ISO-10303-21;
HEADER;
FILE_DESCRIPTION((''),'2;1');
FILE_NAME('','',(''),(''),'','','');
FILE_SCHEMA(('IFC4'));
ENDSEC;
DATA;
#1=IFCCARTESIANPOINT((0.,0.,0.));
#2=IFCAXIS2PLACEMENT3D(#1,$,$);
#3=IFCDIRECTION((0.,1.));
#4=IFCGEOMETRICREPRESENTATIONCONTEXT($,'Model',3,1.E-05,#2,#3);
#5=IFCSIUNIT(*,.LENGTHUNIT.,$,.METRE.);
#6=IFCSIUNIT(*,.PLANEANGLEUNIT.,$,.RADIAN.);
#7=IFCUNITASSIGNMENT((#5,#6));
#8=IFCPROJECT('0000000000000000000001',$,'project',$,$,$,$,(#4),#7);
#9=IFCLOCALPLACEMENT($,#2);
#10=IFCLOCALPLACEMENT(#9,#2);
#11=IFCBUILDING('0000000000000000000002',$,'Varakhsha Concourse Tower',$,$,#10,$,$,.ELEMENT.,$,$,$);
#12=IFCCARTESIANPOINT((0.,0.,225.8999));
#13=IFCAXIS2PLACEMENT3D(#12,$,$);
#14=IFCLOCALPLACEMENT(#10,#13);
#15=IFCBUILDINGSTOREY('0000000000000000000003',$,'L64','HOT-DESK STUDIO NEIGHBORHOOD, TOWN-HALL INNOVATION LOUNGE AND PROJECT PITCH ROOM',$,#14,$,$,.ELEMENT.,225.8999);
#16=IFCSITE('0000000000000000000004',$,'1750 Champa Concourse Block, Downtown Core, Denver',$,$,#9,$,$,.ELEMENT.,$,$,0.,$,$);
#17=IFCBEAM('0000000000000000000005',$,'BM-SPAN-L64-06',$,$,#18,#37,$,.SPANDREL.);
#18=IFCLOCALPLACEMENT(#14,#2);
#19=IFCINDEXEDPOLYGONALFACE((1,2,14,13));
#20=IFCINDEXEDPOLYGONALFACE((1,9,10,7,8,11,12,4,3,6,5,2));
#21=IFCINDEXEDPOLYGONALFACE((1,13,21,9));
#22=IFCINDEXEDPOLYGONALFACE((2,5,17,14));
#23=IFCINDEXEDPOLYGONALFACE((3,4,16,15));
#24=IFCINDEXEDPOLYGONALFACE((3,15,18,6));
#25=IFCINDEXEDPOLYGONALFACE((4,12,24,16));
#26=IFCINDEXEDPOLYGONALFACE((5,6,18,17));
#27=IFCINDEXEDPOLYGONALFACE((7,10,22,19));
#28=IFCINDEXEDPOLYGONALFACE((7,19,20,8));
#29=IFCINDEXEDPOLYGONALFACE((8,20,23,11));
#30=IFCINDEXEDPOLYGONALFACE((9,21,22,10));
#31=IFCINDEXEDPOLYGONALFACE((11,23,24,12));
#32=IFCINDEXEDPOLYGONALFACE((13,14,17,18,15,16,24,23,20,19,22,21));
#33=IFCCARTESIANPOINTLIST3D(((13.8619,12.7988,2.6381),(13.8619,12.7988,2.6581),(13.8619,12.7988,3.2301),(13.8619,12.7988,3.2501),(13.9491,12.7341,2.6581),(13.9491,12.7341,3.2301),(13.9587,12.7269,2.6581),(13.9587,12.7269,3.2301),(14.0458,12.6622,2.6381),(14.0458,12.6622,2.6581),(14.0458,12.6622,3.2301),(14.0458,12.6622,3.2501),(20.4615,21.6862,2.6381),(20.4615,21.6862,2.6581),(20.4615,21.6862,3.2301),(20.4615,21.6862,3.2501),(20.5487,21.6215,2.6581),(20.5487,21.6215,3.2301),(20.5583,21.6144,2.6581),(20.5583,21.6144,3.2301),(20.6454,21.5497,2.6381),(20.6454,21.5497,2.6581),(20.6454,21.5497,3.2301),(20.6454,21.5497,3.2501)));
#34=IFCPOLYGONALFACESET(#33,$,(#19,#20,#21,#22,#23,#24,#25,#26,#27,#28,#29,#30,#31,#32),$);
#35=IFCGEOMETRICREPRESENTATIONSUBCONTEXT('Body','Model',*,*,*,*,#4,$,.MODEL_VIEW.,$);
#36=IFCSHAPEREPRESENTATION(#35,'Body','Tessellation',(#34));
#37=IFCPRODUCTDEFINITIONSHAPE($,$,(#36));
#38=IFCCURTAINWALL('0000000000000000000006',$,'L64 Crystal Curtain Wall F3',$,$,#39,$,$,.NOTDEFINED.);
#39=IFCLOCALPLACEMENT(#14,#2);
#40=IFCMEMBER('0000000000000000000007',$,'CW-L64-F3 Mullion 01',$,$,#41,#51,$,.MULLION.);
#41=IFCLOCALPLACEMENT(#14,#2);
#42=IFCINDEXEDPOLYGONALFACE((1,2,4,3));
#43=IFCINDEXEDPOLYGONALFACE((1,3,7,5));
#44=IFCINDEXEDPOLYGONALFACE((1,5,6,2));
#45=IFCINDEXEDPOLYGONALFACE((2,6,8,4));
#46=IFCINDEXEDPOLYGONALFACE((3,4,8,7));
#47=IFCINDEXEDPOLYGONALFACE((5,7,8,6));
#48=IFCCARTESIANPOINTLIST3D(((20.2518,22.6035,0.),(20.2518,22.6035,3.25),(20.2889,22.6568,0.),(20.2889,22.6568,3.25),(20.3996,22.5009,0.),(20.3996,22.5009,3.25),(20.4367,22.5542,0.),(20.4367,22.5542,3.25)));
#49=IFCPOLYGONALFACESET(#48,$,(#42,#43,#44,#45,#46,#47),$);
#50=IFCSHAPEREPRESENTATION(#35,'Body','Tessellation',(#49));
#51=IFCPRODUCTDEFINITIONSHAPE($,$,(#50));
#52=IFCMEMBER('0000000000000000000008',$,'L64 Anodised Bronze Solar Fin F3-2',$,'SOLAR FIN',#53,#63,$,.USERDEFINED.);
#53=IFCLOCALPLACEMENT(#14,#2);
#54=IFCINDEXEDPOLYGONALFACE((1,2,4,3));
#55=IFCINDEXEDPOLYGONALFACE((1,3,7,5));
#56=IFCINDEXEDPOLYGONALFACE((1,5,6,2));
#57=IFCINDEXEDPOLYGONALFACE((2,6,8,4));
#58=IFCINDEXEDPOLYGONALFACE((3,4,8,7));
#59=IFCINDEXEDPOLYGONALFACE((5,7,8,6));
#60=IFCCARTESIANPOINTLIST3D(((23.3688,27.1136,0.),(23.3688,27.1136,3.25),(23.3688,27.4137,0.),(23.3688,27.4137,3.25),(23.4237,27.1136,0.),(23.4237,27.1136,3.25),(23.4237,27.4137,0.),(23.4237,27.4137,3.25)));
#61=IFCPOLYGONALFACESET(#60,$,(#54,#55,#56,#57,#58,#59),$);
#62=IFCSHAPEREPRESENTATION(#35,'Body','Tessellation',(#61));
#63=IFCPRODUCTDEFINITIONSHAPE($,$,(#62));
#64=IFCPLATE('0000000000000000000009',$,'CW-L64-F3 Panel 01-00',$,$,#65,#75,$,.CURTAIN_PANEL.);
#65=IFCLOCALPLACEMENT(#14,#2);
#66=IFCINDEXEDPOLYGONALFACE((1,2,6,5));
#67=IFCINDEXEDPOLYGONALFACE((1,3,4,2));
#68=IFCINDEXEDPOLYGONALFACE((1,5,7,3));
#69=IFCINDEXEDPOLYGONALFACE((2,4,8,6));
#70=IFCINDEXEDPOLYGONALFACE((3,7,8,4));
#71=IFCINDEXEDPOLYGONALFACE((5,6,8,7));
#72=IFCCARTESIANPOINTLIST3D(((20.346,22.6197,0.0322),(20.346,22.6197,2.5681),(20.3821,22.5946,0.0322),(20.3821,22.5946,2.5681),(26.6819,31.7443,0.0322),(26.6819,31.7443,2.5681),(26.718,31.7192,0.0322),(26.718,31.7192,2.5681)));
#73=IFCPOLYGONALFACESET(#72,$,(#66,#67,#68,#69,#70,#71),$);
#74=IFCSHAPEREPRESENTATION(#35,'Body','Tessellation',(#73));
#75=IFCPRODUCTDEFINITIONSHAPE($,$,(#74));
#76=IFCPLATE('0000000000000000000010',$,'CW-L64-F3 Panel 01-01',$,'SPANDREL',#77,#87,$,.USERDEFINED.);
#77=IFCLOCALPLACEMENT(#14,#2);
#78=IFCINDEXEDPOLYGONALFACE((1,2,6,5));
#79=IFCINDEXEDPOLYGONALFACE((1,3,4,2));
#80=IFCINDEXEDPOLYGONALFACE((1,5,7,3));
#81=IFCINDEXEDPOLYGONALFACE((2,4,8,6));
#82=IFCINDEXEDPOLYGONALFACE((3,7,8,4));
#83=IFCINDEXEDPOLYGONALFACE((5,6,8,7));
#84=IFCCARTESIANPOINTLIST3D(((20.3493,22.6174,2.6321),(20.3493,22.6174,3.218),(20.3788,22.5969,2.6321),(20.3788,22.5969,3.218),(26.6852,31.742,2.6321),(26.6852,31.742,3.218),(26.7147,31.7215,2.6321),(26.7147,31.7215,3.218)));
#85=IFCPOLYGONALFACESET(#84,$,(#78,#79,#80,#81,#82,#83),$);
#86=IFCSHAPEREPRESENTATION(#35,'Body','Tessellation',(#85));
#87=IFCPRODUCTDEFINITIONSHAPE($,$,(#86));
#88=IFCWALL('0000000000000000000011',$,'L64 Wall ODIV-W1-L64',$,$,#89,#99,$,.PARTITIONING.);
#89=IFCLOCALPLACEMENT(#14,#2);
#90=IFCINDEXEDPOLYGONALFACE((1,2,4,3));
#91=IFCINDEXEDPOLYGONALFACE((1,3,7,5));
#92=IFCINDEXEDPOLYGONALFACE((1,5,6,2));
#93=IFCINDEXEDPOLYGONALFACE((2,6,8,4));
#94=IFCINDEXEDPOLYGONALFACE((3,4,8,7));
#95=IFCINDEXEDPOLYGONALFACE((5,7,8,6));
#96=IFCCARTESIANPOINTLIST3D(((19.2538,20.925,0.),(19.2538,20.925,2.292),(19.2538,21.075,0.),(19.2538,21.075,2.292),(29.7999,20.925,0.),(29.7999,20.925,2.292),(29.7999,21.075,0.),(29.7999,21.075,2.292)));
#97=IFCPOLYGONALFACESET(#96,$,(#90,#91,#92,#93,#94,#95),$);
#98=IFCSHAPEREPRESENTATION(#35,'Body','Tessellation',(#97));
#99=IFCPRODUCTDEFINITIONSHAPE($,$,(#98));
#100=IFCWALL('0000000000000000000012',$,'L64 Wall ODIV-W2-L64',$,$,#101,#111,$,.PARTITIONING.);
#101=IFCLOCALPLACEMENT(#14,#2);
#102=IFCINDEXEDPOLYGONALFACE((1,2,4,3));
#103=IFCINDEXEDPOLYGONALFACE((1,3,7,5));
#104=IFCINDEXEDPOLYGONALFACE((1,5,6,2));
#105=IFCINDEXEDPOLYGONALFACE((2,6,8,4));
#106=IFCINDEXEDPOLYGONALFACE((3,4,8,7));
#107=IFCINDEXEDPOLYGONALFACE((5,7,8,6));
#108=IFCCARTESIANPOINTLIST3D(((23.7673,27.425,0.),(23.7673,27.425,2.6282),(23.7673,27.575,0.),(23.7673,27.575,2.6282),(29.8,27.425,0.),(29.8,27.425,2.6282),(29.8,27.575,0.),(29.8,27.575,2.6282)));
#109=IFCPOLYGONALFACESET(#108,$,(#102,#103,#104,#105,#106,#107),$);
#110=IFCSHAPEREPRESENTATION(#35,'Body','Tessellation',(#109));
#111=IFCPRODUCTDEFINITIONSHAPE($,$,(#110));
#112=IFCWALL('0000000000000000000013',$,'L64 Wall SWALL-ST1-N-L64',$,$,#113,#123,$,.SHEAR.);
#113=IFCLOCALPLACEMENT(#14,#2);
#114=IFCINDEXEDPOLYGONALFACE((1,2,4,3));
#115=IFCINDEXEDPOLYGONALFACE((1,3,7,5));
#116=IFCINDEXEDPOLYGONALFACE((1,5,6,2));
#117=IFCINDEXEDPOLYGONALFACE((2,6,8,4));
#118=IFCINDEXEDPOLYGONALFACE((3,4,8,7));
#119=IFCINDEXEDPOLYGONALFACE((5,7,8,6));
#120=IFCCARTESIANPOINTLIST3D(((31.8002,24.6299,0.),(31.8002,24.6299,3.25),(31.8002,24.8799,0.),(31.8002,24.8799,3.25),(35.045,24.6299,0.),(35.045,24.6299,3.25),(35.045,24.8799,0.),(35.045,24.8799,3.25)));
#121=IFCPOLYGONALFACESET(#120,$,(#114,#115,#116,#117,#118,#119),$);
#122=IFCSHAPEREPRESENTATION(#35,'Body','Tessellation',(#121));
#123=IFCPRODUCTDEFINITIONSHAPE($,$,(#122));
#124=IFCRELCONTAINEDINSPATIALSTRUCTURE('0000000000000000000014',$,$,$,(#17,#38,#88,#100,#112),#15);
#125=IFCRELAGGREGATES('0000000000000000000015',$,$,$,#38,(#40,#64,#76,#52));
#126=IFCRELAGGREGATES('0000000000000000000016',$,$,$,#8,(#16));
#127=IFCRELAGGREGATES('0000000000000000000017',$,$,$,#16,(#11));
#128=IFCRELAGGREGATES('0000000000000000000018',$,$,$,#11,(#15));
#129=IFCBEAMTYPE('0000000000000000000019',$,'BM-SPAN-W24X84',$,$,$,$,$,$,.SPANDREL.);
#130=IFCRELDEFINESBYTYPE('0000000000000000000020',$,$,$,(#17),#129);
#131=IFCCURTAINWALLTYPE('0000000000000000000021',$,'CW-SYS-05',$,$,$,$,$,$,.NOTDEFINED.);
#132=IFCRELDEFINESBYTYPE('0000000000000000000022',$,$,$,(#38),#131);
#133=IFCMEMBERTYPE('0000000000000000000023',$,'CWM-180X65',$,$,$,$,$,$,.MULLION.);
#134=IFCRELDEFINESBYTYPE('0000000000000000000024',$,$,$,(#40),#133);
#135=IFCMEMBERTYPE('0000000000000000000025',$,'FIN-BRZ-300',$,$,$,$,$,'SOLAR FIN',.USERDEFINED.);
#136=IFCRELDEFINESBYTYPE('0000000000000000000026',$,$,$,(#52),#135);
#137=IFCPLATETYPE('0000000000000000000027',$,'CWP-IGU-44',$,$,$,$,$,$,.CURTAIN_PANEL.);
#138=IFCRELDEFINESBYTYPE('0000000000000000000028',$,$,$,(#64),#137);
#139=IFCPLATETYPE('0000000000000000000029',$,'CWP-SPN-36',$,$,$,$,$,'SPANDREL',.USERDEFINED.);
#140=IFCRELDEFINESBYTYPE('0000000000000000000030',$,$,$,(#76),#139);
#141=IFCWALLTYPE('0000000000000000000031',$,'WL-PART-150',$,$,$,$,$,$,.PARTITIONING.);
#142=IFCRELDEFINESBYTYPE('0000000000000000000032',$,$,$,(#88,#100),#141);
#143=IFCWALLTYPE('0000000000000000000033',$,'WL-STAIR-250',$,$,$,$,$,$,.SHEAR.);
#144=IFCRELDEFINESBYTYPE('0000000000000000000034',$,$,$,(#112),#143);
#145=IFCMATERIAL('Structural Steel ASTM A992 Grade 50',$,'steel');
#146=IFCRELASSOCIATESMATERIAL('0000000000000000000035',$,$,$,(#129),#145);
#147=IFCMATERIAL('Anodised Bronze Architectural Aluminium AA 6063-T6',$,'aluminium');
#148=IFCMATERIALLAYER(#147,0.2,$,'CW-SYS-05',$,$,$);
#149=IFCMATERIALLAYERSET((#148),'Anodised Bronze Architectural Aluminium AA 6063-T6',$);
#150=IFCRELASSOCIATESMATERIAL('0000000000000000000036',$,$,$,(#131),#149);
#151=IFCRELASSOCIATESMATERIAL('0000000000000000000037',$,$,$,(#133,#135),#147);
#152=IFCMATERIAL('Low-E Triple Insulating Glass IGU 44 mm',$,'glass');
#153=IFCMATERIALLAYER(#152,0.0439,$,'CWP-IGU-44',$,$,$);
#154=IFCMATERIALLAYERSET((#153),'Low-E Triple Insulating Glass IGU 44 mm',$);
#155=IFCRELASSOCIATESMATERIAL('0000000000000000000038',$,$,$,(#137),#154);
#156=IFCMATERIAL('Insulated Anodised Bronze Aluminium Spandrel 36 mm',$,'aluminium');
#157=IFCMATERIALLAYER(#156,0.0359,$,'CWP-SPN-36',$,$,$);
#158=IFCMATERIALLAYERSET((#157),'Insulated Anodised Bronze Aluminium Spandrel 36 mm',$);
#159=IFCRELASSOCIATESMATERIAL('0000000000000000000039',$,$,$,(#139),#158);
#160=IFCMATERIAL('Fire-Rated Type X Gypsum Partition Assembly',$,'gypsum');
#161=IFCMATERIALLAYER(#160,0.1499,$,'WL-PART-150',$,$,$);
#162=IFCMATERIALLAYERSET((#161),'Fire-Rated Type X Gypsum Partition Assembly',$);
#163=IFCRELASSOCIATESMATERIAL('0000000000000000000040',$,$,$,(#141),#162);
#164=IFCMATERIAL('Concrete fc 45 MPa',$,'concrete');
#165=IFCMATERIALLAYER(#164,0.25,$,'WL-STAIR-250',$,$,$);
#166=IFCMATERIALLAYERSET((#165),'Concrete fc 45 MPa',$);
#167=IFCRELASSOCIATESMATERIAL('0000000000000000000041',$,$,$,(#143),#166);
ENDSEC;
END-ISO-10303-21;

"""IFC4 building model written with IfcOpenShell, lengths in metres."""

from ifc_helpers import new_model, si_unit, direction, frame, frame_2d, origin, origin_2d, place, context, subcontext, project, spatial, rectangle, i_section, extrude, source, transform, mapped, material, layer, layer_set, material_profile, profile_set, type_object, type_shapes, element, aggregate, save


model = new_model("IFC4")

# Units and contexts
model_context = context("Model", 3, precision=1e-05, world=origin(), true_north=direction((0.0, 1.0)))
body_context = subcontext(model_context, "Body", "Model", "MODEL_VIEW")
ifc_project = project(units=[si_unit("LENGTHUNIT", "METRE"), si_unit("PLANEANGLEUNIT", "RADIAN")], contexts=[model_context])

# Site, building, storey
site_placement = place(None, origin())
site = spatial("IfcSite", under=ifc_project, at=site_placement, Name="1750 Champa Concourse Block, Downtown Core, Denver", CompositionType="ELEMENT", RefElevation=0.0)
building_placement = place(site_placement, origin())
building = spatial("IfcBuilding", under=site, at=building_placement, Name="Varakhsha Concourse Tower", CompositionType="ELEMENT")
storey_placement = place(building_placement, frame((0.0, 0.0, 225.8999)))
storey = spatial("IfcBuildingStorey", under=building, at=storey_placement, Name="L64", Description="HOT-DESK STUDIO NEIGHBORHOOD, TOWN-HALL INNOVATION LOUNGE AND PROJECT PITCH ROOM", CompositionType="ELEMENT", Elevation=225.8999)

# Shared definitions
ifc_material_1 = material(Name="Structural Steel ASTM A992 Grade 50", Category="steel")

# Beam
ifc_material_profile_1 = material_profile(ifc_material_1, i_section(OverallWidth=0.229, OverallDepth=0.6121, WebThickness=0.012, FlangeThickness=0.02, at=origin_2d()), Name="W24X84")
ifc_profile_set_1 = profile_set([ifc_material_profile_1], Name="Structural Steel ASTM A992 Grade 50")
beam_type_1 = type_object("IfcBeamType", Name="BM-SPAN-W24X84", PredefinedType="SPANDREL", material=ifc_profile_set_1)
beam_1_placement = place(storey_placement, frame((20.5535, 21.6179, 2.9441), z_axis=(-0.596179, -0.802852, 0.0), x_axis=(0.802852, -0.596179, 0.0)))
element("IfcBeam", 1, at=beam_1_placement, inside=storey, type_object=beam_type_1, Name="BM-SPAN-L64-06", PredefinedType="SPANDREL", context=body_context, shape_type="SweptSolid", body=[
    extrude(i_section(OverallWidth=0.229, OverallDepth=0.6121, WebThickness=0.012, FlangeThickness=0.02, at=origin_2d()), origin(), (0.0, 0.0, 1.0), 11.0698),
])

# Curtain wall, members, plates
ifc_material_2 = material(Name="Anodised Bronze Architectural Aluminium AA 6063-T6", Category="aluminium")
ifc_layer_1 = layer(ifc_material_2, 0.2, Name="CW-SYS-05")
ifc_layer_set_1 = layer_set([ifc_layer_1], Name="Anodised Bronze Architectural Aluminium AA 6063-T6")
curtain_wall_type = type_object("IfcCurtainWallType", Name="CW-SYS-05", PredefinedType="NOTDEFINED", material=ifc_layer_set_1)
curtain_wall_placement = place(storey_placement, origin())
curtain_wall = element("IfcCurtainWall", 2, at=curtain_wall_placement, inside=storey, type_object=curtain_wall_type, Name="L64 Crystal Curtain Wall F3", PredefinedType="NOTDEFINED")
ifc_material_profile_2 = material_profile(ifc_material_2, rectangle(XDim=0.0649, YDim=0.1799, at=origin_2d()), Name="CWM-180X65")
ifc_profile_set_2 = profile_set([ifc_material_profile_2], Name="Anodised Bronze Architectural Aluminium AA 6063-T6")
member_type_1 = type_object("IfcMemberType", Name="CWM-180X65", PredefinedType="MULLION", material=ifc_profile_set_2)
shared_shape_1 = source(origin(), body_context, "Body", "SweptSolid", [
    extrude(rectangle(XDim=0.0649, YDim=0.1799, at=origin_2d()), origin(), (0.0, 0.0, 1.0), 3.25),
])
type_shapes(member_type_1, [shared_shape_1])
member_1_placement = place(storey_placement, frame((20.3442, 22.5789, 0.0), z_axis=(0.0, 0.0, 1.0), x_axis=(0.570361, 0.821394, 0.0)))
member_1 = element("IfcMember", 3, at=member_1_placement, type_object=member_type_1, Name="CW-L64-F3 Mullion 01", PredefinedType="MULLION", context=body_context, shape_type="MappedRepresentation", body=[
    mapped(shared_shape_1, transform((0.0, 0.0, 0.0), scale=1.0)),
])
ifc_material_profile_3 = material_profile(ifc_material_2, rectangle(XDim=0.0549, YDim=0.3, at=origin_2d()), Name="FIN-BRZ-300")
ifc_profile_set_3 = profile_set([ifc_material_profile_3], Name="Anodised Bronze Architectural Aluminium AA 6063-T6")
member_type_2 = type_object("IfcMemberType", Name="FIN-BRZ-300", ElementType="SOLAR FIN", PredefinedType="USERDEFINED", material=ifc_profile_set_3)
shared_shape_2 = source(origin(), body_context, "Body", "SweptSolid", [
    extrude(rectangle(XDim=0.0549, YDim=0.3, at=origin_2d()), origin(), (0.0, 0.0, 1.0), 3.25),
])
type_shapes(member_type_2, [shared_shape_2])
member_2_placement = place(storey_placement, frame((23.3962, 27.2637, 0.0), z_axis=(0.0, 0.0, 1.0), x_axis=(1.0, 0.0, 0.0)))
member_2 = element("IfcMember", 4, at=member_2_placement, type_object=member_type_2, Name="L64 Anodised Bronze Solar Fin F3-2", ObjectType="SOLAR FIN", PredefinedType="USERDEFINED", context=body_context, shape_type="MappedRepresentation", body=[
    mapped(shared_shape_2, transform((0.0, 0.0, 0.0), scale=1.0)),
])
ifc_material_3 = material(Name="Low-E Triple Insulating Glass IGU 44 mm", Category="glass")
ifc_layer_2 = layer(ifc_material_3, 0.0439, Name="CWP-IGU-44")
ifc_layer_set_2 = layer_set([ifc_layer_2], Name="Low-E Triple Insulating Glass IGU 44 mm")
plate_type_1 = type_object("IfcPlateType", Name="CWP-IGU-44", PredefinedType="CURTAIN_PANEL", material=ifc_layer_set_2)
shared_shape_3 = source(origin(), body_context, "Body", "SweptSolid", [
    extrude(rectangle(XDim=11.1086, YDim=0.0439, at=origin_2d()), origin(), (0.0, 0.0, 1.0), 2.5359),
])
type_shapes(plate_type_1, [shared_shape_3])
plate_1_placement = place(storey_placement, frame((23.532, 27.1694, 0.0322), z_axis=(0.0, 0.0, 1.0), x_axis=(0.570361, 0.821394, 0.0)))
plate_1 = element("IfcPlate", 5, at=plate_1_placement, type_object=plate_type_1, Name="CW-L64-F3 Panel 01-00", PredefinedType="CURTAIN_PANEL", context=body_context, shape_type="MappedRepresentation", body=[
    mapped(shared_shape_3, transform((0.0, 0.0, 0.0), scale=1.0)),
])
ifc_material_4 = material(Name="Insulated Anodised Bronze Aluminium Spandrel 36 mm", Category="aluminium")
ifc_layer_3 = layer(ifc_material_4, 0.0359, Name="CWP-SPN-36")
ifc_layer_set_3 = layer_set([ifc_layer_3], Name="Insulated Anodised Bronze Aluminium Spandrel 36 mm")
plate_type_2 = type_object("IfcPlateType", Name="CWP-SPN-36", ElementType="SPANDREL", PredefinedType="USERDEFINED", material=ifc_layer_set_3)
shared_shape_4 = source(origin(), body_context, "Body", "SweptSolid", [
    extrude(rectangle(XDim=11.1086, YDim=0.0359, at=origin_2d()), origin(), (0.0, 0.0, 1.0), 0.5859),
])
type_shapes(plate_type_2, [shared_shape_4])
plate_2_placement = place(storey_placement, frame((23.532, 27.1694, 2.6321), z_axis=(0.0, 0.0, 1.0), x_axis=(0.570361, 0.821394, 0.0)))
plate_2 = element("IfcPlate", 6, at=plate_2_placement, type_object=plate_type_2, Name="CW-L64-F3 Panel 01-01", ObjectType="SPANDREL", PredefinedType="USERDEFINED", context=body_context, shape_type="MappedRepresentation", body=[
    mapped(shared_shape_4, transform((0.0, 0.0, 0.0), scale=1.0)),
])
aggregate(curtain_wall, [member_1, plate_1, plate_2, member_2])

# Walls
ifc_material_5 = material(Name="Fire-Rated Type X Gypsum Partition Assembly", Category="gypsum")
ifc_layer_4 = layer(ifc_material_5, 0.1499, Name="WL-PART-150")
ifc_layer_set_4 = layer_set([ifc_layer_4], Name="Fire-Rated Type X Gypsum Partition Assembly")
wall_type_1 = type_object("IfcWallType", Name="WL-PART-150", PredefinedType="PARTITIONING", material=ifc_layer_set_4)
wall_1_placement = place(storey_placement, frame((19.2539, 21.0, 0.0), z_axis=(0.0, 0.0, 1.0), x_axis=(1.0, 0.0, 0.0)))
element("IfcWall", 7, at=wall_1_placement, inside=storey, type_object=wall_type_1, Name="L64 Wall ODIV-W1-L64", PredefinedType="PARTITIONING", context=body_context, shape_type="SweptSolid", body=[
    extrude(rectangle(XDim=10.5461, YDim=0.1499, at=frame_2d((5.2729, 0.0))), origin(), (0.0, 0.0, 1.0), 2.292),
])
wall_2_placement = place(storey_placement, frame((23.7673, 27.5, 0.0), z_axis=(0.0, 0.0, 1.0), x_axis=(1.0, 0.0, 0.0)))
element("IfcWall", 8, at=wall_2_placement, inside=storey, type_object=wall_type_1, Name="L64 Wall ODIV-W2-L64", PredefinedType="PARTITIONING", context=body_context, shape_type="SweptSolid", body=[
    extrude(rectangle(XDim=6.0327, YDim=0.1499, at=frame_2d((3.0164, 0.0))), origin(), (0.0, 0.0, 1.0), 2.6282),
])
ifc_material_6 = material(Name="Concrete fc 45 MPa", Category="concrete")
ifc_layer_5 = layer(ifc_material_6, 0.25, Name="WL-STAIR-250")
ifc_layer_set_5 = layer_set([ifc_layer_5], Name="Concrete fc 45 MPa")
wall_type_2 = type_object("IfcWallType", Name="WL-STAIR-250", PredefinedType="SHEAR", material=ifc_layer_set_5)
wall_3_placement = place(storey_placement, frame((31.8, 24.7549, 0.0), z_axis=(0.0, 0.0, 1.0), x_axis=(1.0, 0.0, 0.0)))
element("IfcWall", 9, at=wall_3_placement, inside=storey, type_object=wall_type_2, Name="L64 Wall SWALL-ST1-N-L64", PredefinedType="SHEAR", context=body_context, shape_type="SweptSolid", body=[
    extrude(rectangle(XDim=3.2449, YDim=0.25, at=frame_2d((1.6226, 0.0))), origin(), (0.0, 0.0, 1.0), 3.25),
])

save(model, "model.ifc")
